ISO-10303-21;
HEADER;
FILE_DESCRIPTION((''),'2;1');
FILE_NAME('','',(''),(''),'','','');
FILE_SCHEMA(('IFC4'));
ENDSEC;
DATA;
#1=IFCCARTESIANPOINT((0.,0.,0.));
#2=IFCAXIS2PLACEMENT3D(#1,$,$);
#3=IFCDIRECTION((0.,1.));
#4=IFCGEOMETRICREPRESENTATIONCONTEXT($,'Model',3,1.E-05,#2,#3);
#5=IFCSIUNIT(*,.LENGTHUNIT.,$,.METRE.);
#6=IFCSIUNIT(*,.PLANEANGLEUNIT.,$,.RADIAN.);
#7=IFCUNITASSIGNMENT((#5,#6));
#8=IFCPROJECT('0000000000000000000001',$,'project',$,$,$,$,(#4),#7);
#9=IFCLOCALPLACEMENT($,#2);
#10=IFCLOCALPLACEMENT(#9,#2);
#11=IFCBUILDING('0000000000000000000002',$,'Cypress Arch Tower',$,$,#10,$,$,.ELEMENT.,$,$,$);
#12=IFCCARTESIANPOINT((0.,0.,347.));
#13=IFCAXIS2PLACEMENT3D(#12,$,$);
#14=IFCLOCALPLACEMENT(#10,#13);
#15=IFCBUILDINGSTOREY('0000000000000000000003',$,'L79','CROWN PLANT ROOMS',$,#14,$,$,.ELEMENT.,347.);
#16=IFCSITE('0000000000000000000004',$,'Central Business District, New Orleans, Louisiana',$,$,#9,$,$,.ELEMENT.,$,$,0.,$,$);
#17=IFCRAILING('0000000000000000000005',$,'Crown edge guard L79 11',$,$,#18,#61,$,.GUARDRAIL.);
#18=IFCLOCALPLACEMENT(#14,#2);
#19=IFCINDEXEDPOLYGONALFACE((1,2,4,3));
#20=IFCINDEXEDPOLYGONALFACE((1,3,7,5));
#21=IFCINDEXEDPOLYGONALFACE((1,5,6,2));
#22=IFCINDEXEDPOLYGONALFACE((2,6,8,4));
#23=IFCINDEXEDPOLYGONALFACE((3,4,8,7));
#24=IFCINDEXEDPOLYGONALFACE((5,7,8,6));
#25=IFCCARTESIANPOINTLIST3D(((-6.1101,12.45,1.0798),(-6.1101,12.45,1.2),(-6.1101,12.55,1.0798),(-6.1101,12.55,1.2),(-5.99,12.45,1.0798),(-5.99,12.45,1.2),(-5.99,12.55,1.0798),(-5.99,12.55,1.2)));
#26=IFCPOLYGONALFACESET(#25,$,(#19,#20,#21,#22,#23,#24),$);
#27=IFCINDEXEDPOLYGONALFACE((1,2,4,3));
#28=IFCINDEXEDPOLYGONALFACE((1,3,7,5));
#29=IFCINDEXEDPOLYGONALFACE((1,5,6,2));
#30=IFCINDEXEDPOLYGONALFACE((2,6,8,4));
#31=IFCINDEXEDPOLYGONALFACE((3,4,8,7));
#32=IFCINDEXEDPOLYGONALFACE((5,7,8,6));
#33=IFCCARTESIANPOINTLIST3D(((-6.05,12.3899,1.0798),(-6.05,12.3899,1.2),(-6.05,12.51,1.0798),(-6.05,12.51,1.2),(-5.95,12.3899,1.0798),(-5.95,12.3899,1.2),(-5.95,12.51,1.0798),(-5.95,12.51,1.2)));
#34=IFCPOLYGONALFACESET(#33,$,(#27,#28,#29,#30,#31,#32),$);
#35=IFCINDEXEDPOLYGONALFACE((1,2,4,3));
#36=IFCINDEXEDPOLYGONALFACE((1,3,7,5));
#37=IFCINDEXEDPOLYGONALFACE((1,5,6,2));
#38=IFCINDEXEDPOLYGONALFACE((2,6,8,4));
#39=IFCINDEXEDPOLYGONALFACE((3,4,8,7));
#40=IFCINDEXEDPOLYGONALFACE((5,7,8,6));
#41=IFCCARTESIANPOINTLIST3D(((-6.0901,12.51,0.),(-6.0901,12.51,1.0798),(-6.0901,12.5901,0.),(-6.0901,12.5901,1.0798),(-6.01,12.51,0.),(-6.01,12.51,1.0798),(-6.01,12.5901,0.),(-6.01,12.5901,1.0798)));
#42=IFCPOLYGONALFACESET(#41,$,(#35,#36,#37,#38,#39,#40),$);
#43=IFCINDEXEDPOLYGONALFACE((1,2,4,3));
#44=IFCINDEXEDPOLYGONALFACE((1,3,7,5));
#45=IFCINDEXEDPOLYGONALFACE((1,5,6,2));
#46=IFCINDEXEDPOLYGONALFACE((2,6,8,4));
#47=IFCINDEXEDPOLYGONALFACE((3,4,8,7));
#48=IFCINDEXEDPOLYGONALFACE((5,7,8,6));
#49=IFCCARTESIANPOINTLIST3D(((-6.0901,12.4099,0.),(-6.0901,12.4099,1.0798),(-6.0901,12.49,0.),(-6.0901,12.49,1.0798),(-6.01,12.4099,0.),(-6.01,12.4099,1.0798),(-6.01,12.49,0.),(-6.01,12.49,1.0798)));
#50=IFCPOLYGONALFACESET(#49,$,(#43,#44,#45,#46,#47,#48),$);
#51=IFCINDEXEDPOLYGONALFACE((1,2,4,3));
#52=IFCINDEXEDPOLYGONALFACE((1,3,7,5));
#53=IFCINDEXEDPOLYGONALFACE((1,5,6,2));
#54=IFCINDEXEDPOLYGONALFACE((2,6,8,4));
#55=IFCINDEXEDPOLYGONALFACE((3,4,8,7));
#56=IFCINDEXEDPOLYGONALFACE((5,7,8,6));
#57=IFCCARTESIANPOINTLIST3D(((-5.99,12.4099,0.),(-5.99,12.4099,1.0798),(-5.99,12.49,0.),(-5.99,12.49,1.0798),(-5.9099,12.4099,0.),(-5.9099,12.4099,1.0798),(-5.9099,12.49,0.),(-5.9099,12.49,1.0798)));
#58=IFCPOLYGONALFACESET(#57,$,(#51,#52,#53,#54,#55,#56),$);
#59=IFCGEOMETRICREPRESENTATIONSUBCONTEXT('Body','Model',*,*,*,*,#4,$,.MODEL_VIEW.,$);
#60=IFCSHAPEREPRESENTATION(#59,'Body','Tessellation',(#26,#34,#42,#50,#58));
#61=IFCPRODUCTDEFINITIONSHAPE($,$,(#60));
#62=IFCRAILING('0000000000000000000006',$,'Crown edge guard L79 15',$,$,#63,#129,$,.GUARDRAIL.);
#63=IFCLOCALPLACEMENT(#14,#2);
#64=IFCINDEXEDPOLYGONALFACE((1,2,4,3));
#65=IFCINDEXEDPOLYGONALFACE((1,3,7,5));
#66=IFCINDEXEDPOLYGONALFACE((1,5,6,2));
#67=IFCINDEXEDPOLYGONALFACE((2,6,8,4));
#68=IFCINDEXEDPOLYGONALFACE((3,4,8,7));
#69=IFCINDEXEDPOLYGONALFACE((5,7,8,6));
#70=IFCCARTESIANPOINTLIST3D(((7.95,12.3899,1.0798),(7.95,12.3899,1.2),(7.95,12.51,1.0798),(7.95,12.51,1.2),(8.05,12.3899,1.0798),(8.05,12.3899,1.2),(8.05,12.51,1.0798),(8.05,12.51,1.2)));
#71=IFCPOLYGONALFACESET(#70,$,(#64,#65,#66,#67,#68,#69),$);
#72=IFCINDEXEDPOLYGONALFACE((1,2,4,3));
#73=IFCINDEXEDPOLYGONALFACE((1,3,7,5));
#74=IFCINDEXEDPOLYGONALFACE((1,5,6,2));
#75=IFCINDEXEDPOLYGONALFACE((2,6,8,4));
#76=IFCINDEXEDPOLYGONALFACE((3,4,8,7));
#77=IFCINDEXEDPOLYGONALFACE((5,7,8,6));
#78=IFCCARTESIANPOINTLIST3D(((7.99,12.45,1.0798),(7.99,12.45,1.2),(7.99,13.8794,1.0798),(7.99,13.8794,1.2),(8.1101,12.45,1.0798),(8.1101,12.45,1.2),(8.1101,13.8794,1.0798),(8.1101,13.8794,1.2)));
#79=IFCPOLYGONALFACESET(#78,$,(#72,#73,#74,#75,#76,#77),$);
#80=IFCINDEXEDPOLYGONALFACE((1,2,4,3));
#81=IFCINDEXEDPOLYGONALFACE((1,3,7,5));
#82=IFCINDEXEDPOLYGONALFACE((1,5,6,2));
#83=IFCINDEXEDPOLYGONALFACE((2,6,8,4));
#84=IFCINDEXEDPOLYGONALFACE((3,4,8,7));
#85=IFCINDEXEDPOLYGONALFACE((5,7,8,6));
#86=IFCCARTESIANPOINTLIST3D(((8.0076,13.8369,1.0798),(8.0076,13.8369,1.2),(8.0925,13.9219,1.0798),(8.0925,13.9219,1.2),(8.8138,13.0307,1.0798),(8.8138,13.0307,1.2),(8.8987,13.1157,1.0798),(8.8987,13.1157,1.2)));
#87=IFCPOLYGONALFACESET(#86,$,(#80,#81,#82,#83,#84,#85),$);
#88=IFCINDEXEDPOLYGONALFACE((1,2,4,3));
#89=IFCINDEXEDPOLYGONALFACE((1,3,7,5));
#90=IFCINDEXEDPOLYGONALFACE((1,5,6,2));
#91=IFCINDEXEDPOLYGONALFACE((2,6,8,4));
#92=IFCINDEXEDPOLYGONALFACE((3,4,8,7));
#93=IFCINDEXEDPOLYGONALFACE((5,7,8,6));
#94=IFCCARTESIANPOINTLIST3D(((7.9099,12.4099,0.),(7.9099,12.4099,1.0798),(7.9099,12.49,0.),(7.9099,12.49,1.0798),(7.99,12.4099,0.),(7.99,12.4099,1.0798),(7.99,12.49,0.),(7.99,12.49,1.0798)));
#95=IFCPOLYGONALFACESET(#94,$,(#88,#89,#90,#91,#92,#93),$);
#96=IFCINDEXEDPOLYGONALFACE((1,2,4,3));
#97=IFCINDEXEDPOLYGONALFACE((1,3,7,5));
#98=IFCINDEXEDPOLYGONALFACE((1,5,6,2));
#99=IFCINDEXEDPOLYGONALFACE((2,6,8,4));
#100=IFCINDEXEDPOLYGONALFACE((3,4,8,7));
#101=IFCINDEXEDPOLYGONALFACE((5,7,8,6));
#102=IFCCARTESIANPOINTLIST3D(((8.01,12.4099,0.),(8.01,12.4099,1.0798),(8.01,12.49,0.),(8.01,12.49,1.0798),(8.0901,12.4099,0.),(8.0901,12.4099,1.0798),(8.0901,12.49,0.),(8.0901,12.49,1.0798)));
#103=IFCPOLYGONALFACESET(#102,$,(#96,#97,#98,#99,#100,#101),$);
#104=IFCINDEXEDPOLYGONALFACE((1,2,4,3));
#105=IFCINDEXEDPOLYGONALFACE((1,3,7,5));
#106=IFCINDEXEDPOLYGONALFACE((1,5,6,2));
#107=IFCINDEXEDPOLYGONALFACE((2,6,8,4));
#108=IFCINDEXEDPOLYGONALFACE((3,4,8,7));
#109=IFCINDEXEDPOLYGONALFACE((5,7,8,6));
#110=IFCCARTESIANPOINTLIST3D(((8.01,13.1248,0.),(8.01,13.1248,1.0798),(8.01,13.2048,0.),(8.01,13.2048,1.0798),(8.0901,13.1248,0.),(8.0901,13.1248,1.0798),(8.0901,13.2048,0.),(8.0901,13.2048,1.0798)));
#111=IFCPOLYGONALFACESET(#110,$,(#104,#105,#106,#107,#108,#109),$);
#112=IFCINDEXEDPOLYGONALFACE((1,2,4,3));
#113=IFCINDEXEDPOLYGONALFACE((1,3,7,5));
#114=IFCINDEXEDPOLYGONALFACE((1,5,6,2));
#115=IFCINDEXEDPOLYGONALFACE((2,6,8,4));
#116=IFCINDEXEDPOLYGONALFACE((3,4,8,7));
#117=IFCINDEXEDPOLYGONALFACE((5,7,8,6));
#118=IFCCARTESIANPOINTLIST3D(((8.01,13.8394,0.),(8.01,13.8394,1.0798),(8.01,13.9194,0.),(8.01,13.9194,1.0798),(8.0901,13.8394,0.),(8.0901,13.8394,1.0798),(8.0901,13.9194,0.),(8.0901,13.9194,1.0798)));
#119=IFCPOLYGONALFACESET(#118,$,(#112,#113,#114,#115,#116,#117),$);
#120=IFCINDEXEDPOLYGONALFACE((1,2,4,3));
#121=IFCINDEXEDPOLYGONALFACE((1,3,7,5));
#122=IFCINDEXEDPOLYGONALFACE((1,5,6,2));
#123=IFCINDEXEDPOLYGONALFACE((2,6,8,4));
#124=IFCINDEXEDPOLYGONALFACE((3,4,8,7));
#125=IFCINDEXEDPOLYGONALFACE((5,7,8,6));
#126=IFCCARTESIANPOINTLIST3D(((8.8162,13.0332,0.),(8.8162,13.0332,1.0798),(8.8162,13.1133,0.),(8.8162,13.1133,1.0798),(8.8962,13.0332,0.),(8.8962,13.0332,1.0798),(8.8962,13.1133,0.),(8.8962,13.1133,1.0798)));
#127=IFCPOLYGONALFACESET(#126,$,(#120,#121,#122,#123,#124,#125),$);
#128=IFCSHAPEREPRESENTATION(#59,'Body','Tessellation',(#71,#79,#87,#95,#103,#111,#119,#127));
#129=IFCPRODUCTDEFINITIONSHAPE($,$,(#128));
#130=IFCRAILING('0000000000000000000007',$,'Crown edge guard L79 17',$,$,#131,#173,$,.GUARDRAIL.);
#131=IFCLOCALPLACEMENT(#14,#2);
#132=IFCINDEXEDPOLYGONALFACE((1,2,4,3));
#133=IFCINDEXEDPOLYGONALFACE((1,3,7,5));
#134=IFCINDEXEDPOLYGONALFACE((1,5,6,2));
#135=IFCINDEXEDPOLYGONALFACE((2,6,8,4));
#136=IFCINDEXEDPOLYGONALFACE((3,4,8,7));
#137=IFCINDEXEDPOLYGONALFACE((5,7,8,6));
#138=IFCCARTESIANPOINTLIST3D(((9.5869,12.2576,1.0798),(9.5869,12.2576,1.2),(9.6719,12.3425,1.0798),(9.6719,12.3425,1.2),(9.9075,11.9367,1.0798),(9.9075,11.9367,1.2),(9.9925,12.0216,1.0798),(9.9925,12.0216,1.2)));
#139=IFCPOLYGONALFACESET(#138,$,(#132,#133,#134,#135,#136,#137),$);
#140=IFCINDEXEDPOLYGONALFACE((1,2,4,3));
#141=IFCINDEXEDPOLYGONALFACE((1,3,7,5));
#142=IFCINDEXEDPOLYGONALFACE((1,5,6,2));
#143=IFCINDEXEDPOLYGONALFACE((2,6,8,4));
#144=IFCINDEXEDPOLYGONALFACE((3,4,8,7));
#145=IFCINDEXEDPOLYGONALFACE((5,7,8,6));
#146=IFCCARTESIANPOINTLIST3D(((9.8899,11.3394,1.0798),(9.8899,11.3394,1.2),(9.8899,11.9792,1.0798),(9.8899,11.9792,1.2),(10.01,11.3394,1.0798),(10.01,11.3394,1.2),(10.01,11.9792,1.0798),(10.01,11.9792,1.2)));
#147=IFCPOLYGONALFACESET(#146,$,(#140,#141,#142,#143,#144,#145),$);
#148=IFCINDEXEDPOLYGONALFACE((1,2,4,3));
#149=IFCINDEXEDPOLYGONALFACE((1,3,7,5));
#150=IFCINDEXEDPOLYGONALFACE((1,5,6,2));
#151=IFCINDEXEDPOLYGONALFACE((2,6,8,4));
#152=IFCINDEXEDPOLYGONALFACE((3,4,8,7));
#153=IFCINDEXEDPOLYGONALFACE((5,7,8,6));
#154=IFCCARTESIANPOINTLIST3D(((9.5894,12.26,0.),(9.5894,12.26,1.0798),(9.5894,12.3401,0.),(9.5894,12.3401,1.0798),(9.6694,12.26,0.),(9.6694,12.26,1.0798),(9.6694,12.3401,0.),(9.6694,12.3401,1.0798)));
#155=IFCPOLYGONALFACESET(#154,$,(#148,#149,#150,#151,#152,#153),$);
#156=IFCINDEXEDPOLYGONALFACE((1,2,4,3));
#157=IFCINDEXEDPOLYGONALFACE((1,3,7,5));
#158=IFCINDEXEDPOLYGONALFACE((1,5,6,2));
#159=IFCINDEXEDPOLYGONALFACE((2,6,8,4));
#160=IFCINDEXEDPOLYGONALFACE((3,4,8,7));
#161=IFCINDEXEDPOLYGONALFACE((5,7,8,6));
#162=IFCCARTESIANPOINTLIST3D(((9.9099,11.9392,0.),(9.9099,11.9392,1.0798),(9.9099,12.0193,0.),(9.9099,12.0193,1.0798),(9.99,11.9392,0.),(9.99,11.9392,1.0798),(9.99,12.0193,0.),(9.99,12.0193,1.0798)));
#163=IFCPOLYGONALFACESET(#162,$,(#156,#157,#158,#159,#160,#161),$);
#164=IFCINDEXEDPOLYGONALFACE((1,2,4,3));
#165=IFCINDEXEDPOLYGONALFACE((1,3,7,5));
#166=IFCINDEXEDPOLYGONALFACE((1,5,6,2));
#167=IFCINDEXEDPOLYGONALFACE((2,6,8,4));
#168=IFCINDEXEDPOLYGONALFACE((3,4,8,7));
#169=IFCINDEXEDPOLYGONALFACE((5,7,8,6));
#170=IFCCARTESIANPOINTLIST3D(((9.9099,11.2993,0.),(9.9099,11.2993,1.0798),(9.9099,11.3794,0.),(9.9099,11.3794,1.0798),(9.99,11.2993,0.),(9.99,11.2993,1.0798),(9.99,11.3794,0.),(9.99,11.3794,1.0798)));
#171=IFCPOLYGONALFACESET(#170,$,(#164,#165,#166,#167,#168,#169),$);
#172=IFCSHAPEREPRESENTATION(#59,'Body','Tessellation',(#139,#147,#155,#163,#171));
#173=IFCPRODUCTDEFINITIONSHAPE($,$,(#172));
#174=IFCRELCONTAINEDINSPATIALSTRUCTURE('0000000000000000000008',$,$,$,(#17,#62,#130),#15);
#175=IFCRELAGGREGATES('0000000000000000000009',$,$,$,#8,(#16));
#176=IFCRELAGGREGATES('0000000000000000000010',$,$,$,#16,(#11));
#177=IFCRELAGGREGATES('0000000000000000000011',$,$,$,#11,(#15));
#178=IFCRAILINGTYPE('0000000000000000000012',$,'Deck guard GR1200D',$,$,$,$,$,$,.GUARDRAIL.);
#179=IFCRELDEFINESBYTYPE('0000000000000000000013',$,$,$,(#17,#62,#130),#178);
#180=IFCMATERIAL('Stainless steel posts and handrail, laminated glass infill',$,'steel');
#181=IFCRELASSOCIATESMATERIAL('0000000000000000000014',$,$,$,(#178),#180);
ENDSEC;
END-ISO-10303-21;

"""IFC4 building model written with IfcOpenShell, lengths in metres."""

from ifc_helpers import new_model, si_unit, direction, frame, origin, origin_2d, place, context, subcontext, project, spatial, rectangle, extrude, material, type_object, element, save


model = new_model("IFC4")

# Units and contexts
model_context = context("Model", 3, precision=1e-05, world=origin(), true_north=direction((0.0, 1.0)))
body_context = subcontext(model_context, "Body", "Model", "MODEL_VIEW")
ifc_project = project(units=[si_unit("LENGTHUNIT", "METRE"), si_unit("PLANEANGLEUNIT", "RADIAN")], contexts=[model_context])

# Site, building, storey
site_placement = place(None, origin())
site = spatial("IfcSite", under=ifc_project, at=site_placement, Name="Central Business District, New Orleans, Louisiana", CompositionType="ELEMENT", RefElevation=0.0)
building_placement = place(site_placement, origin())
building = spatial("IfcBuilding", under=site, at=building_placement, Name="Cypress Arch Tower", CompositionType="ELEMENT")
storey_placement = place(building_placement, frame((0.0, 0.0, 347.0)))
storey = spatial("IfcBuildingStorey", under=building, at=storey_placement, Name="L79", Description="CROWN PLANT ROOMS", CompositionType="ELEMENT", Elevation=347.0)

# Railings
ifc_material_1 = material(Name="Stainless steel posts and handrail, laminated glass infill", Category="steel")
railing_type = type_object("IfcRailingType", Name="Deck guard GR1200D", PredefinedType="GUARDRAIL", material=ifc_material_1)
railing_1_placement = place(storey_placement, frame((-6.05, 12.55, 0.0)))
element("IfcRailing", 1, at=railing_1_placement, inside=storey, type_object=railing_type, Name="Crown edge guard L79 11", PredefinedType="GUARDRAIL", context=body_context, shape_type="SweptSolid", body=[
    extrude(rectangle(XDim=0.1201, YDim=0.1201, at=origin_2d()), frame((0.0, 0.0, 1.1399), z_axis=(0.0, -1.0, 0.0), x_axis=(1.0, 0.0, 0.0)), (0.0, 0.0, 1.0), 0.1001),
    extrude(rectangle(XDim=0.1201, YDim=0.1201, at=origin_2d()), frame((0.0, -0.1001, 1.1399), z_axis=(1.0, 0.0, 0.0), x_axis=(0.0, 1.0, 0.0)), (0.0, 0.0, 1.0), 0.1001),
    extrude(rectangle(XDim=0.0801, YDim=0.0801, at=origin_2d()), origin(), (0.0, 0.0, 1.0), 1.0798),
    extrude(rectangle(XDim=0.0801, YDim=0.0801, at=origin_2d()), frame((0.0, -0.1001, 0.0)), (0.0, 0.0, 1.0), 1.0798),
    extrude(rectangle(XDim=0.0801, YDim=0.0801, at=origin_2d()), frame((0.1001, -0.1001, 0.0)), (0.0, 0.0, 1.0), 1.0798),
])
railing_2_placement = place(storey_placement, frame((7.95, 12.45, 0.0)))
element("IfcRailing", 2, at=railing_2_placement, inside=storey, type_object=railing_type, Name="Crown edge guard L79 15", PredefinedType="GUARDRAIL", context=body_context, shape_type="SweptSolid", body=[
    extrude(rectangle(XDim=0.1201, YDim=0.1201, at=origin_2d()), frame((0.0, 0.0, 1.1399), z_axis=(1.0, 0.0, 0.0), x_axis=(0.0, 1.0, 0.0)), (0.0, 0.0, 1.0), 0.1001),
    extrude(rectangle(XDim=0.1201, YDim=0.1201, at=origin_2d()), frame((0.1001, 0.0, 1.1399), z_axis=(0.0, 1.0, 0.0), x_axis=(-1.0, 0.0, 0.0)), (0.0, 0.0, 1.0), 1.4294),
    extrude(rectangle(XDim=0.1201, YDim=0.1201, at=origin_2d()), frame((0.1001, 1.4294, 1.1399), z_axis=(0.707107, -0.707107, 0.0), x_axis=(0.707107, 0.707107, 0.0)), (0.0, 0.0, 1.0), 1.1401),
    extrude(rectangle(XDim=0.0801, YDim=0.0801, at=origin_2d()), origin(), (0.0, 0.0, 1.0), 1.0798),
    extrude(rectangle(XDim=0.0801, YDim=0.0801, at=origin_2d()), frame((0.1001, 0.0, 0.0)), (0.0, 0.0, 1.0), 1.0798),
    extrude(rectangle(XDim=0.0801, YDim=0.0801, at=origin_2d()), frame((0.1001, 0.7148, 0.0)), (0.0, 0.0, 1.0), 1.0798),
    extrude(rectangle(XDim=0.0801, YDim=0.0801, at=origin_2d()), frame((0.1001, 1.4294, 0.0)), (0.0, 0.0, 1.0), 1.0798),
    extrude(rectangle(XDim=0.0801, YDim=0.0801, at=origin_2d()), frame((0.9062, 0.6233, 0.0)), (0.0, 0.0, 1.0), 1.0798),
])
railing_3_placement = place(storey_placement, frame((9.6294, 12.3, 0.0)))
element("IfcRailing", 3, at=railing_3_placement, inside=storey, type_object=railing_type, Name="Crown edge guard L79 17", PredefinedType="GUARDRAIL", context=body_context, shape_type="SweptSolid", body=[
    extrude(rectangle(XDim=0.1201, YDim=0.1201, at=origin_2d()), frame((0.0, 0.0, 1.1399), z_axis=(0.706838, -0.707376, 0.0), x_axis=(0.707376, 0.706838, 0.0)), (0.0, 0.0, 1.0), 0.4536),
    extrude(rectangle(XDim=0.1201, YDim=0.1201, at=origin_2d()), frame((0.3206, -0.3208, 1.1399), z_axis=(0.0, -1.0, 0.0), x_axis=(1.0, 0.0, 0.0)), (0.0, 0.0, 1.0), 0.6399),
    extrude(rectangle(XDim=0.0801, YDim=0.0801, at=origin_2d()), origin(), (0.0, 0.0, 1.0), 1.0798),
    extrude(rectangle(XDim=0.0801, YDim=0.0801, at=origin_2d()), frame((0.3206, -0.3208, 0.0)), (0.0, 0.0, 1.0), 1.0798),
    extrude(rectangle(XDim=0.0801, YDim=0.0801, at=origin_2d()), frame((0.3206, -0.9607, 0.0)), (0.0, 0.0, 1.0), 1.0798),
])

save(model, "model.ifc")
